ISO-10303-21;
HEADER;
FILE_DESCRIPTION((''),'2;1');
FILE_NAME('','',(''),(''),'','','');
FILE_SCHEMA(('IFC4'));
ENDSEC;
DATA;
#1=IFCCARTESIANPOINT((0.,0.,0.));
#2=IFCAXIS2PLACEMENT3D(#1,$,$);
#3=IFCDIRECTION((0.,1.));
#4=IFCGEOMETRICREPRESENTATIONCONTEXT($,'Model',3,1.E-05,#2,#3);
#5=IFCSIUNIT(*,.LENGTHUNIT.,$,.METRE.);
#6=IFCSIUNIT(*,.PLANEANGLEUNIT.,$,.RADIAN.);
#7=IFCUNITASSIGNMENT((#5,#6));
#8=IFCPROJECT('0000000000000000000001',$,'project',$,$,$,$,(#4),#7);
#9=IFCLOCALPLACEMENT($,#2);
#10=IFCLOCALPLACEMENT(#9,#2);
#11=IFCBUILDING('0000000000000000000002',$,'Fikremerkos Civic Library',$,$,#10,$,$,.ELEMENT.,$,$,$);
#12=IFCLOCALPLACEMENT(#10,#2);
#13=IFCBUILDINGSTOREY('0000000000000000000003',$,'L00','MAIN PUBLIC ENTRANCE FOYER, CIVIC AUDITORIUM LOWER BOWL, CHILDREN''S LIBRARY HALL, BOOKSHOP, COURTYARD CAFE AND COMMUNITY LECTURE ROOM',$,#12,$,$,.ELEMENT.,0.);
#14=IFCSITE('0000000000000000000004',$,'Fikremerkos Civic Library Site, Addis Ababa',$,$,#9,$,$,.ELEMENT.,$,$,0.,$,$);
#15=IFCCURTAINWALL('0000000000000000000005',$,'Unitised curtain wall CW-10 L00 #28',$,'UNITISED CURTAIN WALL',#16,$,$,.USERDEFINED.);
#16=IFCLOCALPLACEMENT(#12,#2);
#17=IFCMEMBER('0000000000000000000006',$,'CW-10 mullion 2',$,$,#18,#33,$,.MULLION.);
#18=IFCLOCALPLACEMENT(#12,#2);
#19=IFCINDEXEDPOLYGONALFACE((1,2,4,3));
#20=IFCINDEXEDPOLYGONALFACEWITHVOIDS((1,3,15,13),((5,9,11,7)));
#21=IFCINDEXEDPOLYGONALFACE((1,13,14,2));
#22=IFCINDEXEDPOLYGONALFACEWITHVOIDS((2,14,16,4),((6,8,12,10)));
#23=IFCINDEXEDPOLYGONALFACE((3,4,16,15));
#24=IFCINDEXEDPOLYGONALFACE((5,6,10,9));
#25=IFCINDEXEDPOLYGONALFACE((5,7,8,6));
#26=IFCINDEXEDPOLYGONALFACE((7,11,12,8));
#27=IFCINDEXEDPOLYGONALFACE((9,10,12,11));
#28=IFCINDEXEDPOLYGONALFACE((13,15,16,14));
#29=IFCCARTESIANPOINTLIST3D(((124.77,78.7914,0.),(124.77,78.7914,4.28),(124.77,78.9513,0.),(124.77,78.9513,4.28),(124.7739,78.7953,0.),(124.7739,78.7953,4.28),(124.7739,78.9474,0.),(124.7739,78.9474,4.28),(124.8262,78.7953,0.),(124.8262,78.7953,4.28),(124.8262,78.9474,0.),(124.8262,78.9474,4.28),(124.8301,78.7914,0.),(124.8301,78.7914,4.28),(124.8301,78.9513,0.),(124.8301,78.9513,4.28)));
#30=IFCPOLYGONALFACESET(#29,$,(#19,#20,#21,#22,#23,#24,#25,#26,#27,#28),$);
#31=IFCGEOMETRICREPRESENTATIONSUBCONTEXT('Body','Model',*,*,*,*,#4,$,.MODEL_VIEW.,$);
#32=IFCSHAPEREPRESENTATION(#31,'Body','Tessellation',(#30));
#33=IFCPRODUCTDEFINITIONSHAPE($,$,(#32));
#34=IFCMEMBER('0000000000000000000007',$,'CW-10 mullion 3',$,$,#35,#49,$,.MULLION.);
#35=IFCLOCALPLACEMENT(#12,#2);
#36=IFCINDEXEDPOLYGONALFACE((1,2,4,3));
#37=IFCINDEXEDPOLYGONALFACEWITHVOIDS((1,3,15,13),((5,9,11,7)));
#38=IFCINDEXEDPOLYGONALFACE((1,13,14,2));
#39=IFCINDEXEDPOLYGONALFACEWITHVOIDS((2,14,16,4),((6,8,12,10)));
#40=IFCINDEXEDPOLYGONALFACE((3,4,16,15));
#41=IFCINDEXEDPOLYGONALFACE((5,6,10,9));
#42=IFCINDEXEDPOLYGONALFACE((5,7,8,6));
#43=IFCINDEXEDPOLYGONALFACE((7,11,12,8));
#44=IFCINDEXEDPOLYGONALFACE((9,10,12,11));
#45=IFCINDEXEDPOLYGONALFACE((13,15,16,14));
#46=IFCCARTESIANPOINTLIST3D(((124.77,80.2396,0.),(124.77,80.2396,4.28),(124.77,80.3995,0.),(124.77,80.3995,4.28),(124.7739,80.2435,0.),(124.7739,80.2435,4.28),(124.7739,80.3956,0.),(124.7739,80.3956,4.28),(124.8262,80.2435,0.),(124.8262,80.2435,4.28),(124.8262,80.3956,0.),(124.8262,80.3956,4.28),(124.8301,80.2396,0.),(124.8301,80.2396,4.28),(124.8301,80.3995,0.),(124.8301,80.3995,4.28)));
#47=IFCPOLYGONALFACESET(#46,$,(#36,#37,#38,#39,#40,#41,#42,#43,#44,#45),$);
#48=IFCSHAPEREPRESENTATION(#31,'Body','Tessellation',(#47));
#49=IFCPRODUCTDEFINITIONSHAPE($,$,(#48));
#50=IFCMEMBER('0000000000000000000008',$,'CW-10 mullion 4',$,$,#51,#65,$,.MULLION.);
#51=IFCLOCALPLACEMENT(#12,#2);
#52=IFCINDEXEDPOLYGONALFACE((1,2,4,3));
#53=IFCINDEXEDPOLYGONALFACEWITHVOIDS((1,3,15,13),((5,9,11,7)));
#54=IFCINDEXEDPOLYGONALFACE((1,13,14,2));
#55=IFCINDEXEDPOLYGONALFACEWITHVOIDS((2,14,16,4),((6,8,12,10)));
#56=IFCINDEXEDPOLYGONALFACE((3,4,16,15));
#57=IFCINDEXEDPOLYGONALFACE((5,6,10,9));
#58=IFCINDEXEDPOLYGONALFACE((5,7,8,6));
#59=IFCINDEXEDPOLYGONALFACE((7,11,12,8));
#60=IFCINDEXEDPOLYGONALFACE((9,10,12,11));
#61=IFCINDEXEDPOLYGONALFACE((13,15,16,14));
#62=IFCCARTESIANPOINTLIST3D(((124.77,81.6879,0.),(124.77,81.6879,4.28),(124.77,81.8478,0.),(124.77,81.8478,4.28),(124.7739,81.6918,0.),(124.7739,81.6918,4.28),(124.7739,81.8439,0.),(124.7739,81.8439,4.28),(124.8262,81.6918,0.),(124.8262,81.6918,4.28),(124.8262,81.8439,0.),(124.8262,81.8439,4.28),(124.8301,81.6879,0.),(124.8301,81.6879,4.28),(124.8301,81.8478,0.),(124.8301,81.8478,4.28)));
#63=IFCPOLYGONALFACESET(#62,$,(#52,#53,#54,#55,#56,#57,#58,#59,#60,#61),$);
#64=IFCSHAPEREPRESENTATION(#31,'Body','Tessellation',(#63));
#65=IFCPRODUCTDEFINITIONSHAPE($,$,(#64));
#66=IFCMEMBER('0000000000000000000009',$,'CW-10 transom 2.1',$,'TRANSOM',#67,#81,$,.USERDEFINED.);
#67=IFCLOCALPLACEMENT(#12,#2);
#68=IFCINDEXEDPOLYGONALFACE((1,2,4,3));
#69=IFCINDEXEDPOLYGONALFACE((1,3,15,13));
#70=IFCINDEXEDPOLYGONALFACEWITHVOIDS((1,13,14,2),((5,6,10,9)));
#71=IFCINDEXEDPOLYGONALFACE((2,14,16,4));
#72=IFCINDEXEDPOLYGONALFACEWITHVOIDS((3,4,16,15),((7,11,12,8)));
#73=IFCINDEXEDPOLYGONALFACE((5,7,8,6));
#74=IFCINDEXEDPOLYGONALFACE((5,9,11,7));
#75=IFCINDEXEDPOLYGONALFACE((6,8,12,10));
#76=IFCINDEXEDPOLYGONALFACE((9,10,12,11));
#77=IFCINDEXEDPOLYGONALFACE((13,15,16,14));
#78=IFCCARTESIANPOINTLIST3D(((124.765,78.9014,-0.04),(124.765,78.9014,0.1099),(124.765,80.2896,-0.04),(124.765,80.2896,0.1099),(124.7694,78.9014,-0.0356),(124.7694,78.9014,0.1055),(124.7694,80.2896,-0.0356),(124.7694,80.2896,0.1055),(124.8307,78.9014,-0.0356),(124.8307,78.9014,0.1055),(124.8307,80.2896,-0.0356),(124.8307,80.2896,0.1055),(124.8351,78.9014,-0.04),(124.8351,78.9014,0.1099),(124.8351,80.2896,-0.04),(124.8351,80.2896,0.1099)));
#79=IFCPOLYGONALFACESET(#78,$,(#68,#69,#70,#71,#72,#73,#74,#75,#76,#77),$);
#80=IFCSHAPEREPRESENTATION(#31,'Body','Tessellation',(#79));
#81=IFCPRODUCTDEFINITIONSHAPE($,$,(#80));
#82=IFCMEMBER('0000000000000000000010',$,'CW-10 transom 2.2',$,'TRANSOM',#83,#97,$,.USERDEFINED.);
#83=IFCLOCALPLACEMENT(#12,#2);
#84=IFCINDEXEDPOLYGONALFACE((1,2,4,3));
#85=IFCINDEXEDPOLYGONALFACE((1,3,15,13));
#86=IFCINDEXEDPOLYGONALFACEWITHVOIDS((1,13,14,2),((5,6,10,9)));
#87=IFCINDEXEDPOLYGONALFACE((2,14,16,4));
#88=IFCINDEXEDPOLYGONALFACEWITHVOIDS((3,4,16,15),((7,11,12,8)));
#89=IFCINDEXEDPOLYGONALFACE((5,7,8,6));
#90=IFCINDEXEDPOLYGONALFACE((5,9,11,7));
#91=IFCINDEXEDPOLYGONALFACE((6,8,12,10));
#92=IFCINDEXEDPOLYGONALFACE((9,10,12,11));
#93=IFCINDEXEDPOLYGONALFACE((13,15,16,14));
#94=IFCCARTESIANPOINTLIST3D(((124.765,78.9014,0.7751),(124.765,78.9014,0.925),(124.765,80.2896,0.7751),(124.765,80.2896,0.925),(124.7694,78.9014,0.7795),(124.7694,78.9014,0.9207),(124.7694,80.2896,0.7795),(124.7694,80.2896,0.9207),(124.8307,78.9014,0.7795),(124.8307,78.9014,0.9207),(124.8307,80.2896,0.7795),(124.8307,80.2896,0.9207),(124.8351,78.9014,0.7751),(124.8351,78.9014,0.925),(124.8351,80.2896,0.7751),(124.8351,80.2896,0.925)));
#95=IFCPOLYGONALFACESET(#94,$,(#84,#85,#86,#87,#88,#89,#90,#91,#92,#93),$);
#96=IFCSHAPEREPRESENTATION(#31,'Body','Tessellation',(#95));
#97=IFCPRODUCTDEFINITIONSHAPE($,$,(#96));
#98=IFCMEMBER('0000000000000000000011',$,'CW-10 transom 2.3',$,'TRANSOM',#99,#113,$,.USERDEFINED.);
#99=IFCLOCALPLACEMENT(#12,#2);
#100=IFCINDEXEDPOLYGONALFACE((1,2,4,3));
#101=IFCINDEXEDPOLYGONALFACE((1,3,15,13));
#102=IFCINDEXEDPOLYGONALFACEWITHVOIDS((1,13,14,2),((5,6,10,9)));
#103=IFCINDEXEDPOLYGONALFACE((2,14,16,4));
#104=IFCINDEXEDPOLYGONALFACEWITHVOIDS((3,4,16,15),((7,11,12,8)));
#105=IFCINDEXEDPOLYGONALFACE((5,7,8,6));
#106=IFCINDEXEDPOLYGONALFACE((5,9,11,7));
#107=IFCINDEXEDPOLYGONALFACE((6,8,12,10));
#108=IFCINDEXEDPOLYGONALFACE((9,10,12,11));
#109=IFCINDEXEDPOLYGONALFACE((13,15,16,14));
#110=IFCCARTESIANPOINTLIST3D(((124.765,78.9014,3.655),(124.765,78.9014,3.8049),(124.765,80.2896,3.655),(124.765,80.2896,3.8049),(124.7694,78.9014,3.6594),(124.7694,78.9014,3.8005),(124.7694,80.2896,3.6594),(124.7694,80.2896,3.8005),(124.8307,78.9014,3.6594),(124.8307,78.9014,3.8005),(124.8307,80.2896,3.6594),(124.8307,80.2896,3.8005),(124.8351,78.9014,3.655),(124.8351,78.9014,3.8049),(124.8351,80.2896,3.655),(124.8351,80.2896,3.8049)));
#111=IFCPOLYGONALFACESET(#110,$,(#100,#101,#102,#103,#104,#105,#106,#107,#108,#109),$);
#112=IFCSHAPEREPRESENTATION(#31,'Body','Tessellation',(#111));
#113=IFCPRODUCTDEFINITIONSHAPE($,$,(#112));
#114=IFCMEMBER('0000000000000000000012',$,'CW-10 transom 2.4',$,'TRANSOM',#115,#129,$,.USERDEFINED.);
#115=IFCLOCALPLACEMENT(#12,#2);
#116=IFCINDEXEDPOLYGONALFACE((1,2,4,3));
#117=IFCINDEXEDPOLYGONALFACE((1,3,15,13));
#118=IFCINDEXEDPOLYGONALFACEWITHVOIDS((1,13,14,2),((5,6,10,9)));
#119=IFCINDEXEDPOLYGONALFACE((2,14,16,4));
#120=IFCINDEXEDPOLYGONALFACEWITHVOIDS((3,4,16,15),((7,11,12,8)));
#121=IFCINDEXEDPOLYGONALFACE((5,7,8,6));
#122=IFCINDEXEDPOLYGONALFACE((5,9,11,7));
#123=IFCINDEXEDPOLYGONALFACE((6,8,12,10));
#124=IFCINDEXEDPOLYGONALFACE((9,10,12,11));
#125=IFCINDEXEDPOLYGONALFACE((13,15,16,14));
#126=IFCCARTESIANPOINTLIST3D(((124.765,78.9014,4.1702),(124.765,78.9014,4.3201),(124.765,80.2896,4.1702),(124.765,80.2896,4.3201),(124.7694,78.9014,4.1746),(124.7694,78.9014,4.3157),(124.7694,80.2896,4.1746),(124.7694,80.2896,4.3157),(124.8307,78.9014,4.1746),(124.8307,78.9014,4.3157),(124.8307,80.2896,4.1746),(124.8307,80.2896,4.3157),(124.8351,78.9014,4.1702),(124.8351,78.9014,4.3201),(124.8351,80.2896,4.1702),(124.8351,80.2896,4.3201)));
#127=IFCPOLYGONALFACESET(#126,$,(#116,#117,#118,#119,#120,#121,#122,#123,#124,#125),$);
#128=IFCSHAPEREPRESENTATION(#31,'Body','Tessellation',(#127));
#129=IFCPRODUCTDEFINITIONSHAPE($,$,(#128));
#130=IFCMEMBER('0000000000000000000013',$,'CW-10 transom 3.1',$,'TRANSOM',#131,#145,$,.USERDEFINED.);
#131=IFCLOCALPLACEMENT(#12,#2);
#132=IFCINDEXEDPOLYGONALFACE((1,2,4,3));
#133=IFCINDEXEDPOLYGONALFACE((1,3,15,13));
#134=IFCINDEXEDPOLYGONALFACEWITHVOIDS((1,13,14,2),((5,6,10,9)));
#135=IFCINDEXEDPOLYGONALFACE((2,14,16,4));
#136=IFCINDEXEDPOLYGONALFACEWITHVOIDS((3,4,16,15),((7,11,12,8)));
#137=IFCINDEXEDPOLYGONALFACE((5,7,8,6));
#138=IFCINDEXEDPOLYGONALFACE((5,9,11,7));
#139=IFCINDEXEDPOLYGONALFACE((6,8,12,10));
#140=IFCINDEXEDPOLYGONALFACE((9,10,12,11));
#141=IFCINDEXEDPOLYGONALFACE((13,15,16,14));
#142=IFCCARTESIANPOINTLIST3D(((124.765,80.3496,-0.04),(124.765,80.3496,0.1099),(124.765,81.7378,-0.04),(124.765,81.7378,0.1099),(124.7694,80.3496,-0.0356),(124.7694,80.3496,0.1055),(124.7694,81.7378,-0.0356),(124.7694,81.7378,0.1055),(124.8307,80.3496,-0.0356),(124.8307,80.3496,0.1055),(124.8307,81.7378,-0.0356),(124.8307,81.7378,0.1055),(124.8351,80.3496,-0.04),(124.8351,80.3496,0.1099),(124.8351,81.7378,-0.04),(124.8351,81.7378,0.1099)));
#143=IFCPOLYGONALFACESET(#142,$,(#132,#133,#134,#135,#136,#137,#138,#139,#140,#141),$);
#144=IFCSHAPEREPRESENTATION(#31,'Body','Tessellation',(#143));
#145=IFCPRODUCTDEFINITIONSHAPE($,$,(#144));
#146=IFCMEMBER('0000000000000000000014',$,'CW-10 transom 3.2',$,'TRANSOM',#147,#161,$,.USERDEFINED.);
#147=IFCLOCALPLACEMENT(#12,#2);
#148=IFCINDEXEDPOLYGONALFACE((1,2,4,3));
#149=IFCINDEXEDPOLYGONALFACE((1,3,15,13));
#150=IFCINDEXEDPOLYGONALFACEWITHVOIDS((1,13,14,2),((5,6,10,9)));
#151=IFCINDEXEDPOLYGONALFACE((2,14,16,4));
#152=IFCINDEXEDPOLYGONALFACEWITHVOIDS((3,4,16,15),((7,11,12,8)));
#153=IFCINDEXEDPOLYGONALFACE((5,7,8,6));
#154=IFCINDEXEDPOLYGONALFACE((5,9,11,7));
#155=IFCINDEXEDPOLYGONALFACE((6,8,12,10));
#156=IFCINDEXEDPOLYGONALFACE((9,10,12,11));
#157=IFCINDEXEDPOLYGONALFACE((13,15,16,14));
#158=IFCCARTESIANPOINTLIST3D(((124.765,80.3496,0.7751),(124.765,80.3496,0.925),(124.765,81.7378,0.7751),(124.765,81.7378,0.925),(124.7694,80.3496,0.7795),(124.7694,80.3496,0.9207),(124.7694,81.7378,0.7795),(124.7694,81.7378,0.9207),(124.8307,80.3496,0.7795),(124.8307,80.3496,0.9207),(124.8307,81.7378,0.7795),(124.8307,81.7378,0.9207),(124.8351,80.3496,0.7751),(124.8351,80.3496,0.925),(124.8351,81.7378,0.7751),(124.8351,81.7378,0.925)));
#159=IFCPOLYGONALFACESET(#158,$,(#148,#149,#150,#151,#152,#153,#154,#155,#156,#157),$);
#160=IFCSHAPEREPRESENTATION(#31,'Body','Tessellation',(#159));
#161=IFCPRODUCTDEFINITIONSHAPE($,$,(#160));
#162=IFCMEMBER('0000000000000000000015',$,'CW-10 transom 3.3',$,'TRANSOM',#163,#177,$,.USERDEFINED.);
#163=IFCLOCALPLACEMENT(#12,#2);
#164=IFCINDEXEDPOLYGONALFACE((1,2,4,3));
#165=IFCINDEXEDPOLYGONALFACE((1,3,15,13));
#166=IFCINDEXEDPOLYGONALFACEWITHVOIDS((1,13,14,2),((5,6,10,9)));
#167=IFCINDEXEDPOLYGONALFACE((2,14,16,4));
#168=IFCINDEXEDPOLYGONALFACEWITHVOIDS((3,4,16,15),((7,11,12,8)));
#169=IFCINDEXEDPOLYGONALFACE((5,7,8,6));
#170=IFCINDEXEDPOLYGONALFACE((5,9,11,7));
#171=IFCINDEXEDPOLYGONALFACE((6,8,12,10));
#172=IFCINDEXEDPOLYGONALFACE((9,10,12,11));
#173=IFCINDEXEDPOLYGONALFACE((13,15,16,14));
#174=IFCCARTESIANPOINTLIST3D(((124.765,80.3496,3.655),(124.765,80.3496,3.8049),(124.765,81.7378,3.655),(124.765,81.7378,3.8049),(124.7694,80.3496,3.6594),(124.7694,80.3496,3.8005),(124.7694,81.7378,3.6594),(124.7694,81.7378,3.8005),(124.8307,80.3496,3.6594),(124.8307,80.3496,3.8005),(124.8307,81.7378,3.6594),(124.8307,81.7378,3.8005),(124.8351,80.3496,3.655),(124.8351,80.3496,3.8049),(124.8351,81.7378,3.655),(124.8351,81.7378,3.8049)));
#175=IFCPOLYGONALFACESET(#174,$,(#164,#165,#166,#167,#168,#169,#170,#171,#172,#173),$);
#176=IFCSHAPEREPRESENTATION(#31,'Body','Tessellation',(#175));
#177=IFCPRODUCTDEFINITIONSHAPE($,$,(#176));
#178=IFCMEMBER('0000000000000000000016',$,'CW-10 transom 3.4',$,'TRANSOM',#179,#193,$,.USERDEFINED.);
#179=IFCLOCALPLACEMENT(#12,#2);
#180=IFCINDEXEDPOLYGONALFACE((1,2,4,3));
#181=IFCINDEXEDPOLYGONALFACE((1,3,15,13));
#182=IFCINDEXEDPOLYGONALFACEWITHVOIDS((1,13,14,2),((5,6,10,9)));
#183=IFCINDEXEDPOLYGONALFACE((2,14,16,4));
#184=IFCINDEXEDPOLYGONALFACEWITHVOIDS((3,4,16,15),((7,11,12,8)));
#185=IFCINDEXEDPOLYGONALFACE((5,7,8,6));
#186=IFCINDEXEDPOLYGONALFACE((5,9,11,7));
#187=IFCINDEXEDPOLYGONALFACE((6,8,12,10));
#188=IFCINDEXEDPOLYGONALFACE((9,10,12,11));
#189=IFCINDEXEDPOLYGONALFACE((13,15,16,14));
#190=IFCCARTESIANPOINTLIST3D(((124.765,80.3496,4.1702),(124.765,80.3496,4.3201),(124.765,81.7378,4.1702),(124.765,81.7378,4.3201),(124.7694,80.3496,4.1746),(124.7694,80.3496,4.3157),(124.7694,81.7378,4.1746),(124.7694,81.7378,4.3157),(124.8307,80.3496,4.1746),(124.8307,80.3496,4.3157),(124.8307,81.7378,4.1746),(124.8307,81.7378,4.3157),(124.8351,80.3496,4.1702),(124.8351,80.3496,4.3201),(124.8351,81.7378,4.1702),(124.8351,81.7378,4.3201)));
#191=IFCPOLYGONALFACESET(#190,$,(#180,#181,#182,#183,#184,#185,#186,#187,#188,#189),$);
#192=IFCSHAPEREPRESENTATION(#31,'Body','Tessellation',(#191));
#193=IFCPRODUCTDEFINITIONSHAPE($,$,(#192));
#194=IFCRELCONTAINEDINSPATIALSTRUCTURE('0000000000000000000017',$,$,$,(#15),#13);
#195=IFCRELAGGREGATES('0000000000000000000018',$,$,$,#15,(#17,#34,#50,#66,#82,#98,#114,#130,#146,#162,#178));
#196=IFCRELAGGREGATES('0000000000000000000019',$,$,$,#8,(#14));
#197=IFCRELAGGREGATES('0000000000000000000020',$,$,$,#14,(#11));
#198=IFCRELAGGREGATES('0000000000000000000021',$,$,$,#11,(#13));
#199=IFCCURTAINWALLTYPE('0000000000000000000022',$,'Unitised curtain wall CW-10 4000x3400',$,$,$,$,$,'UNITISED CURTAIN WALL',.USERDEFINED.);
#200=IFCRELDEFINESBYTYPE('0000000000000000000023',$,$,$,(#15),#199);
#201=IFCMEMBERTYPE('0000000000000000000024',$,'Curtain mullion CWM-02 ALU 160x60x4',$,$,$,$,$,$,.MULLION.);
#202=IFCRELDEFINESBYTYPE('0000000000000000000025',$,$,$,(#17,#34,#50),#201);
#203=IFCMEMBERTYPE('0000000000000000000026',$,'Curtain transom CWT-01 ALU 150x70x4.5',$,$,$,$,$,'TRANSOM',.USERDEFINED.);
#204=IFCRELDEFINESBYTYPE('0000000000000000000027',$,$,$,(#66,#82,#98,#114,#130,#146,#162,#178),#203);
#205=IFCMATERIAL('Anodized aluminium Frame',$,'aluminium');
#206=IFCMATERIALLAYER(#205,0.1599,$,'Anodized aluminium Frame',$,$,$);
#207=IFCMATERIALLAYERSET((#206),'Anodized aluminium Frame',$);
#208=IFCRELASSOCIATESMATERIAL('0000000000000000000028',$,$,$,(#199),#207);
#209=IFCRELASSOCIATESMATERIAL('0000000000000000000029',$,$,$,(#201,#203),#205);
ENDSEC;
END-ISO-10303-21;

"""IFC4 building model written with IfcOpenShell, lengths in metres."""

from ifc_helpers import new_model, si_unit, direction, frame, origin, origin_2d, place, context, subcontext, project, spatial, hollow_rectangle, extrude, material, layer, layer_set, material_profile, profile_set, type_object, element, aggregate, save


model = new_model("IFC4")

# Units and contexts
model_context = context("Model", 3, precision=1e-05, world=origin(), true_north=direction((0.0, 1.0)))
body_context = subcontext(model_context, "Body", "Model", "MODEL_VIEW")
ifc_project = project(units=[si_unit("LENGTHUNIT", "METRE"), si_unit("PLANEANGLEUNIT", "RADIAN")], contexts=[model_context])

# Site, building, storey
site_placement = place(None, origin())
site = spatial("IfcSite", under=ifc_project, at=site_placement, Name="Fikremerkos Civic Library Site, Addis Ababa", CompositionType="ELEMENT", RefElevation=0.0)
building_placement = place(site_placement, origin())
building = spatial("IfcBuilding", under=site, at=building_placement, Name="Fikremerkos Civic Library", CompositionType="ELEMENT")
storey_placement = place(building_placement, origin())
storey = spatial("IfcBuildingStorey", under=building, at=storey_placement, Name="L00", Description="MAIN PUBLIC ENTRANCE FOYER, CIVIC AUDITORIUM LOWER BOWL, CHILDREN'S LIBRARY HALL, BOOKSHOP, COURTYARD CAFE AND COMMUNITY LECTURE ROOM", CompositionType="ELEMENT", Elevation=0.0)

# Curtain wall, members
ifc_material_1 = material(Name="Anodized aluminium Frame", Category="aluminium")
ifc_layer_1 = layer(ifc_material_1, 0.1599, Name="Anodized aluminium Frame")
ifc_layer_set_1 = layer_set([ifc_layer_1], Name="Anodized aluminium Frame")
curtain_wall_type = type_object("IfcCurtainWallType", Name="Unitised curtain wall CW-10 4000x3400", ElementType="UNITISED CURTAIN WALL", PredefinedType="USERDEFINED", material=ifc_layer_set_1)
curtain_wall_placement = place(storey_placement, origin())
curtain_wall = element("IfcCurtainWall", 1, at=curtain_wall_placement, inside=storey, type_object=curtain_wall_type, Name="Unitised curtain wall CW-10 L00 #28", ObjectType="UNITISED CURTAIN WALL", PredefinedType="USERDEFINED")
ifc_material_profile_1 = material_profile(ifc_material_1, hollow_rectangle(XDim=0.0601, YDim=0.1599, WallThickness=0.0039, at=origin_2d()), Name="ALU 160x60x4")
ifc_profile_set_1 = profile_set([ifc_material_profile_1], Name="Anodized aluminium Frame")
member_type_1 = type_object("IfcMemberType", Name="Curtain mullion CWM-02 ALU 160x60x4", PredefinedType="MULLION", material=ifc_profile_set_1)
member_1_placement = place(storey_placement, frame((124.8, 78.8713, 0.0), z_axis=(0.0, 0.0, 1.0), x_axis=(-1.0, 0.0, 0.0)))
member_1 = element("IfcMember", 2, at=member_1_placement, type_object=member_type_1, Name="CW-10 mullion 2", PredefinedType="MULLION", context=body_context, shape_type="SweptSolid", body=[
    extrude(hollow_rectangle(XDim=0.0601, YDim=0.1599, WallThickness=0.0039, at=origin_2d()), origin(), (0.0, 0.0, 1.0), 4.28),
])
member_2_placement = place(storey_placement, frame((124.8, 80.3196, 0.0), z_axis=(0.0, 0.0, 1.0), x_axis=(-1.0, 0.0, 0.0)))
member_2 = element("IfcMember", 3, at=member_2_placement, type_object=member_type_1, Name="CW-10 mullion 3", PredefinedType="MULLION", context=body_context, shape_type="SweptSolid", body=[
    extrude(hollow_rectangle(XDim=0.0601, YDim=0.1599, WallThickness=0.0039, at=origin_2d()), origin(), (0.0, 0.0, 1.0), 4.28),
])
member_3_placement = place(storey_placement, frame((124.8, 81.7678, 0.0), z_axis=(0.0, 0.0, 1.0), x_axis=(-1.0, 0.0, 0.0)))
member_3 = element("IfcMember", 4, at=member_3_placement, type_object=member_type_1, Name="CW-10 mullion 4", PredefinedType="MULLION", context=body_context, shape_type="SweptSolid", body=[
    extrude(hollow_rectangle(XDim=0.0601, YDim=0.1599, WallThickness=0.0039, at=origin_2d()), origin(), (0.0, 0.0, 1.0), 4.28),
])
ifc_material_profile_2 = material_profile(ifc_material_1, hollow_rectangle(XDim=0.0701, YDim=0.1499, WallThickness=0.0044, at=origin_2d()), Name="ALU 150x70x4.5")
ifc_profile_set_2 = profile_set([ifc_material_profile_2], Name="Anodized aluminium Frame")
member_type_2 = type_object("IfcMemberType", Name="Curtain transom CWT-01 ALU 150x70x4.5", ElementType="TRANSOM", PredefinedType="USERDEFINED", material=ifc_profile_set_2)
member_4_placement = place(storey_placement, frame((124.8, 78.9014, 0.0349), z_axis=(0.0, 1.0, 0.0), x_axis=(-1.0, 0.0, 0.0)))
member_4 = element("IfcMember", 5, at=member_4_placement, type_object=member_type_2, Name="CW-10 transom 2.1", ObjectType="TRANSOM", PredefinedType="USERDEFINED", context=body_context, shape_type="SweptSolid", body=[
    extrude(hollow_rectangle(XDim=0.0701, YDim=0.1499, WallThickness=0.0044, at=origin_2d()), origin(), (0.0, 0.0, 1.0), 1.3882),
])
member_5_placement = place(storey_placement, frame((124.8, 78.9014, 0.8501), z_axis=(0.0, 1.0, 0.0), x_axis=(-1.0, 0.0, 0.0)))
member_5 = element("IfcMember", 6, at=member_5_placement, type_object=member_type_2, Name="CW-10 transom 2.2", ObjectType="TRANSOM", PredefinedType="USERDEFINED", context=body_context, shape_type="SweptSolid", body=[
    extrude(hollow_rectangle(XDim=0.0701, YDim=0.1499, WallThickness=0.0044, at=origin_2d()), origin(), (0.0, 0.0, 1.0), 1.3882),
])
member_6_placement = place(storey_placement, frame((124.8, 78.9014, 3.73), z_axis=(0.0, 1.0, 0.0), x_axis=(-1.0, 0.0, 0.0)))
member_6 = element("IfcMember", 7, at=member_6_placement, type_object=member_type_2, Name="CW-10 transom 2.3", ObjectType="TRANSOM", PredefinedType="USERDEFINED", context=body_context, shape_type="SweptSolid", body=[
    extrude(hollow_rectangle(XDim=0.0701, YDim=0.1499, WallThickness=0.0044, at=origin_2d()), origin(), (0.0, 0.0, 1.0), 1.3882),
])
member_7_placement = place(storey_placement, frame((124.8, 78.9014, 4.2451), z_axis=(0.0, 1.0, 0.0), x_axis=(-1.0, 0.0, 0.0)))
member_7 = element("IfcMember", 8, at=member_7_placement, type_object=member_type_2, Name="CW-10 transom 2.4", ObjectType="TRANSOM", PredefinedType="USERDEFINED", context=body_context, shape_type="SweptSolid", body=[
    extrude(hollow_rectangle(XDim=0.0701, YDim=0.1499, WallThickness=0.0044, at=origin_2d()), origin(), (0.0, 0.0, 1.0), 1.3882),
])
member_8_placement = place(storey_placement, frame((124.8, 80.3496, 0.0349), z_axis=(0.0, 1.0, 0.0), x_axis=(-1.0, 0.0, 0.0)))
member_8 = element("IfcMember", 9, at=member_8_placement, type_object=member_type_2, Name="CW-10 transom 3.1", ObjectType="TRANSOM", PredefinedType="USERDEFINED", context=body_context, shape_type="SweptSolid", body=[
    extrude(hollow_rectangle(XDim=0.0701, YDim=0.1499, WallThickness=0.0044, at=origin_2d()), origin(), (0.0, 0.0, 1.0), 1.3882),
])
member_9_placement = place(storey_placement, frame((124.8, 80.3496, 0.8501), z_axis=(0.0, 1.0, 0.0), x_axis=(-1.0, 0.0, 0.0)))
member_9 = element("IfcMember", 10, at=member_9_placement, type_object=member_type_2, Name="CW-10 transom 3.2", ObjectType="TRANSOM", PredefinedType="USERDEFINED", context=body_context, shape_type="SweptSolid", body=[
    extrude(hollow_rectangle(XDim=0.0701, YDim=0.1499, WallThickness=0.0044, at=origin_2d()), origin(), (0.0, 0.0, 1.0), 1.3882),
])
member_10_placement = place(storey_placement, frame((124.8, 80.3496, 3.73), z_axis=(0.0, 1.0, 0.0), x_axis=(-1.0, 0.0, 0.0)))
member_10 = element("IfcMember", 11, at=member_10_placement, type_object=member_type_2, Name="CW-10 transom 3.3", ObjectType="TRANSOM", PredefinedType="USERDEFINED", context=body_context, shape_type="SweptSolid", body=[
    extrude(hollow_rectangle(XDim=0.0701, YDim=0.1499, WallThickness=0.0044, at=origin_2d()), origin(), (0.0, 0.0, 1.0), 1.3882),
])
member_11_placement = place(storey_placement, frame((124.8, 80.3496, 4.2451), z_axis=(0.0, 1.0, 0.0), x_axis=(-1.0, 0.0, 0.0)))
member_11 = element("IfcMember", 12, at=member_11_placement, type_object=member_type_2, Name="CW-10 transom 3.4", ObjectType="TRANSOM", PredefinedType="USERDEFINED", context=body_context, shape_type="SweptSolid", body=[
    extrude(hollow_rectangle(XDim=0.0701, YDim=0.1499, WallThickness=0.0044, at=origin_2d()), origin(), (0.0, 0.0, 1.0), 1.3882),
])
aggregate(curtain_wall, [member_1, member_2, member_3, member_4, member_5, member_6, member_7, member_8, member_9, member_10, member_11])

save(model, "model.ifc")
